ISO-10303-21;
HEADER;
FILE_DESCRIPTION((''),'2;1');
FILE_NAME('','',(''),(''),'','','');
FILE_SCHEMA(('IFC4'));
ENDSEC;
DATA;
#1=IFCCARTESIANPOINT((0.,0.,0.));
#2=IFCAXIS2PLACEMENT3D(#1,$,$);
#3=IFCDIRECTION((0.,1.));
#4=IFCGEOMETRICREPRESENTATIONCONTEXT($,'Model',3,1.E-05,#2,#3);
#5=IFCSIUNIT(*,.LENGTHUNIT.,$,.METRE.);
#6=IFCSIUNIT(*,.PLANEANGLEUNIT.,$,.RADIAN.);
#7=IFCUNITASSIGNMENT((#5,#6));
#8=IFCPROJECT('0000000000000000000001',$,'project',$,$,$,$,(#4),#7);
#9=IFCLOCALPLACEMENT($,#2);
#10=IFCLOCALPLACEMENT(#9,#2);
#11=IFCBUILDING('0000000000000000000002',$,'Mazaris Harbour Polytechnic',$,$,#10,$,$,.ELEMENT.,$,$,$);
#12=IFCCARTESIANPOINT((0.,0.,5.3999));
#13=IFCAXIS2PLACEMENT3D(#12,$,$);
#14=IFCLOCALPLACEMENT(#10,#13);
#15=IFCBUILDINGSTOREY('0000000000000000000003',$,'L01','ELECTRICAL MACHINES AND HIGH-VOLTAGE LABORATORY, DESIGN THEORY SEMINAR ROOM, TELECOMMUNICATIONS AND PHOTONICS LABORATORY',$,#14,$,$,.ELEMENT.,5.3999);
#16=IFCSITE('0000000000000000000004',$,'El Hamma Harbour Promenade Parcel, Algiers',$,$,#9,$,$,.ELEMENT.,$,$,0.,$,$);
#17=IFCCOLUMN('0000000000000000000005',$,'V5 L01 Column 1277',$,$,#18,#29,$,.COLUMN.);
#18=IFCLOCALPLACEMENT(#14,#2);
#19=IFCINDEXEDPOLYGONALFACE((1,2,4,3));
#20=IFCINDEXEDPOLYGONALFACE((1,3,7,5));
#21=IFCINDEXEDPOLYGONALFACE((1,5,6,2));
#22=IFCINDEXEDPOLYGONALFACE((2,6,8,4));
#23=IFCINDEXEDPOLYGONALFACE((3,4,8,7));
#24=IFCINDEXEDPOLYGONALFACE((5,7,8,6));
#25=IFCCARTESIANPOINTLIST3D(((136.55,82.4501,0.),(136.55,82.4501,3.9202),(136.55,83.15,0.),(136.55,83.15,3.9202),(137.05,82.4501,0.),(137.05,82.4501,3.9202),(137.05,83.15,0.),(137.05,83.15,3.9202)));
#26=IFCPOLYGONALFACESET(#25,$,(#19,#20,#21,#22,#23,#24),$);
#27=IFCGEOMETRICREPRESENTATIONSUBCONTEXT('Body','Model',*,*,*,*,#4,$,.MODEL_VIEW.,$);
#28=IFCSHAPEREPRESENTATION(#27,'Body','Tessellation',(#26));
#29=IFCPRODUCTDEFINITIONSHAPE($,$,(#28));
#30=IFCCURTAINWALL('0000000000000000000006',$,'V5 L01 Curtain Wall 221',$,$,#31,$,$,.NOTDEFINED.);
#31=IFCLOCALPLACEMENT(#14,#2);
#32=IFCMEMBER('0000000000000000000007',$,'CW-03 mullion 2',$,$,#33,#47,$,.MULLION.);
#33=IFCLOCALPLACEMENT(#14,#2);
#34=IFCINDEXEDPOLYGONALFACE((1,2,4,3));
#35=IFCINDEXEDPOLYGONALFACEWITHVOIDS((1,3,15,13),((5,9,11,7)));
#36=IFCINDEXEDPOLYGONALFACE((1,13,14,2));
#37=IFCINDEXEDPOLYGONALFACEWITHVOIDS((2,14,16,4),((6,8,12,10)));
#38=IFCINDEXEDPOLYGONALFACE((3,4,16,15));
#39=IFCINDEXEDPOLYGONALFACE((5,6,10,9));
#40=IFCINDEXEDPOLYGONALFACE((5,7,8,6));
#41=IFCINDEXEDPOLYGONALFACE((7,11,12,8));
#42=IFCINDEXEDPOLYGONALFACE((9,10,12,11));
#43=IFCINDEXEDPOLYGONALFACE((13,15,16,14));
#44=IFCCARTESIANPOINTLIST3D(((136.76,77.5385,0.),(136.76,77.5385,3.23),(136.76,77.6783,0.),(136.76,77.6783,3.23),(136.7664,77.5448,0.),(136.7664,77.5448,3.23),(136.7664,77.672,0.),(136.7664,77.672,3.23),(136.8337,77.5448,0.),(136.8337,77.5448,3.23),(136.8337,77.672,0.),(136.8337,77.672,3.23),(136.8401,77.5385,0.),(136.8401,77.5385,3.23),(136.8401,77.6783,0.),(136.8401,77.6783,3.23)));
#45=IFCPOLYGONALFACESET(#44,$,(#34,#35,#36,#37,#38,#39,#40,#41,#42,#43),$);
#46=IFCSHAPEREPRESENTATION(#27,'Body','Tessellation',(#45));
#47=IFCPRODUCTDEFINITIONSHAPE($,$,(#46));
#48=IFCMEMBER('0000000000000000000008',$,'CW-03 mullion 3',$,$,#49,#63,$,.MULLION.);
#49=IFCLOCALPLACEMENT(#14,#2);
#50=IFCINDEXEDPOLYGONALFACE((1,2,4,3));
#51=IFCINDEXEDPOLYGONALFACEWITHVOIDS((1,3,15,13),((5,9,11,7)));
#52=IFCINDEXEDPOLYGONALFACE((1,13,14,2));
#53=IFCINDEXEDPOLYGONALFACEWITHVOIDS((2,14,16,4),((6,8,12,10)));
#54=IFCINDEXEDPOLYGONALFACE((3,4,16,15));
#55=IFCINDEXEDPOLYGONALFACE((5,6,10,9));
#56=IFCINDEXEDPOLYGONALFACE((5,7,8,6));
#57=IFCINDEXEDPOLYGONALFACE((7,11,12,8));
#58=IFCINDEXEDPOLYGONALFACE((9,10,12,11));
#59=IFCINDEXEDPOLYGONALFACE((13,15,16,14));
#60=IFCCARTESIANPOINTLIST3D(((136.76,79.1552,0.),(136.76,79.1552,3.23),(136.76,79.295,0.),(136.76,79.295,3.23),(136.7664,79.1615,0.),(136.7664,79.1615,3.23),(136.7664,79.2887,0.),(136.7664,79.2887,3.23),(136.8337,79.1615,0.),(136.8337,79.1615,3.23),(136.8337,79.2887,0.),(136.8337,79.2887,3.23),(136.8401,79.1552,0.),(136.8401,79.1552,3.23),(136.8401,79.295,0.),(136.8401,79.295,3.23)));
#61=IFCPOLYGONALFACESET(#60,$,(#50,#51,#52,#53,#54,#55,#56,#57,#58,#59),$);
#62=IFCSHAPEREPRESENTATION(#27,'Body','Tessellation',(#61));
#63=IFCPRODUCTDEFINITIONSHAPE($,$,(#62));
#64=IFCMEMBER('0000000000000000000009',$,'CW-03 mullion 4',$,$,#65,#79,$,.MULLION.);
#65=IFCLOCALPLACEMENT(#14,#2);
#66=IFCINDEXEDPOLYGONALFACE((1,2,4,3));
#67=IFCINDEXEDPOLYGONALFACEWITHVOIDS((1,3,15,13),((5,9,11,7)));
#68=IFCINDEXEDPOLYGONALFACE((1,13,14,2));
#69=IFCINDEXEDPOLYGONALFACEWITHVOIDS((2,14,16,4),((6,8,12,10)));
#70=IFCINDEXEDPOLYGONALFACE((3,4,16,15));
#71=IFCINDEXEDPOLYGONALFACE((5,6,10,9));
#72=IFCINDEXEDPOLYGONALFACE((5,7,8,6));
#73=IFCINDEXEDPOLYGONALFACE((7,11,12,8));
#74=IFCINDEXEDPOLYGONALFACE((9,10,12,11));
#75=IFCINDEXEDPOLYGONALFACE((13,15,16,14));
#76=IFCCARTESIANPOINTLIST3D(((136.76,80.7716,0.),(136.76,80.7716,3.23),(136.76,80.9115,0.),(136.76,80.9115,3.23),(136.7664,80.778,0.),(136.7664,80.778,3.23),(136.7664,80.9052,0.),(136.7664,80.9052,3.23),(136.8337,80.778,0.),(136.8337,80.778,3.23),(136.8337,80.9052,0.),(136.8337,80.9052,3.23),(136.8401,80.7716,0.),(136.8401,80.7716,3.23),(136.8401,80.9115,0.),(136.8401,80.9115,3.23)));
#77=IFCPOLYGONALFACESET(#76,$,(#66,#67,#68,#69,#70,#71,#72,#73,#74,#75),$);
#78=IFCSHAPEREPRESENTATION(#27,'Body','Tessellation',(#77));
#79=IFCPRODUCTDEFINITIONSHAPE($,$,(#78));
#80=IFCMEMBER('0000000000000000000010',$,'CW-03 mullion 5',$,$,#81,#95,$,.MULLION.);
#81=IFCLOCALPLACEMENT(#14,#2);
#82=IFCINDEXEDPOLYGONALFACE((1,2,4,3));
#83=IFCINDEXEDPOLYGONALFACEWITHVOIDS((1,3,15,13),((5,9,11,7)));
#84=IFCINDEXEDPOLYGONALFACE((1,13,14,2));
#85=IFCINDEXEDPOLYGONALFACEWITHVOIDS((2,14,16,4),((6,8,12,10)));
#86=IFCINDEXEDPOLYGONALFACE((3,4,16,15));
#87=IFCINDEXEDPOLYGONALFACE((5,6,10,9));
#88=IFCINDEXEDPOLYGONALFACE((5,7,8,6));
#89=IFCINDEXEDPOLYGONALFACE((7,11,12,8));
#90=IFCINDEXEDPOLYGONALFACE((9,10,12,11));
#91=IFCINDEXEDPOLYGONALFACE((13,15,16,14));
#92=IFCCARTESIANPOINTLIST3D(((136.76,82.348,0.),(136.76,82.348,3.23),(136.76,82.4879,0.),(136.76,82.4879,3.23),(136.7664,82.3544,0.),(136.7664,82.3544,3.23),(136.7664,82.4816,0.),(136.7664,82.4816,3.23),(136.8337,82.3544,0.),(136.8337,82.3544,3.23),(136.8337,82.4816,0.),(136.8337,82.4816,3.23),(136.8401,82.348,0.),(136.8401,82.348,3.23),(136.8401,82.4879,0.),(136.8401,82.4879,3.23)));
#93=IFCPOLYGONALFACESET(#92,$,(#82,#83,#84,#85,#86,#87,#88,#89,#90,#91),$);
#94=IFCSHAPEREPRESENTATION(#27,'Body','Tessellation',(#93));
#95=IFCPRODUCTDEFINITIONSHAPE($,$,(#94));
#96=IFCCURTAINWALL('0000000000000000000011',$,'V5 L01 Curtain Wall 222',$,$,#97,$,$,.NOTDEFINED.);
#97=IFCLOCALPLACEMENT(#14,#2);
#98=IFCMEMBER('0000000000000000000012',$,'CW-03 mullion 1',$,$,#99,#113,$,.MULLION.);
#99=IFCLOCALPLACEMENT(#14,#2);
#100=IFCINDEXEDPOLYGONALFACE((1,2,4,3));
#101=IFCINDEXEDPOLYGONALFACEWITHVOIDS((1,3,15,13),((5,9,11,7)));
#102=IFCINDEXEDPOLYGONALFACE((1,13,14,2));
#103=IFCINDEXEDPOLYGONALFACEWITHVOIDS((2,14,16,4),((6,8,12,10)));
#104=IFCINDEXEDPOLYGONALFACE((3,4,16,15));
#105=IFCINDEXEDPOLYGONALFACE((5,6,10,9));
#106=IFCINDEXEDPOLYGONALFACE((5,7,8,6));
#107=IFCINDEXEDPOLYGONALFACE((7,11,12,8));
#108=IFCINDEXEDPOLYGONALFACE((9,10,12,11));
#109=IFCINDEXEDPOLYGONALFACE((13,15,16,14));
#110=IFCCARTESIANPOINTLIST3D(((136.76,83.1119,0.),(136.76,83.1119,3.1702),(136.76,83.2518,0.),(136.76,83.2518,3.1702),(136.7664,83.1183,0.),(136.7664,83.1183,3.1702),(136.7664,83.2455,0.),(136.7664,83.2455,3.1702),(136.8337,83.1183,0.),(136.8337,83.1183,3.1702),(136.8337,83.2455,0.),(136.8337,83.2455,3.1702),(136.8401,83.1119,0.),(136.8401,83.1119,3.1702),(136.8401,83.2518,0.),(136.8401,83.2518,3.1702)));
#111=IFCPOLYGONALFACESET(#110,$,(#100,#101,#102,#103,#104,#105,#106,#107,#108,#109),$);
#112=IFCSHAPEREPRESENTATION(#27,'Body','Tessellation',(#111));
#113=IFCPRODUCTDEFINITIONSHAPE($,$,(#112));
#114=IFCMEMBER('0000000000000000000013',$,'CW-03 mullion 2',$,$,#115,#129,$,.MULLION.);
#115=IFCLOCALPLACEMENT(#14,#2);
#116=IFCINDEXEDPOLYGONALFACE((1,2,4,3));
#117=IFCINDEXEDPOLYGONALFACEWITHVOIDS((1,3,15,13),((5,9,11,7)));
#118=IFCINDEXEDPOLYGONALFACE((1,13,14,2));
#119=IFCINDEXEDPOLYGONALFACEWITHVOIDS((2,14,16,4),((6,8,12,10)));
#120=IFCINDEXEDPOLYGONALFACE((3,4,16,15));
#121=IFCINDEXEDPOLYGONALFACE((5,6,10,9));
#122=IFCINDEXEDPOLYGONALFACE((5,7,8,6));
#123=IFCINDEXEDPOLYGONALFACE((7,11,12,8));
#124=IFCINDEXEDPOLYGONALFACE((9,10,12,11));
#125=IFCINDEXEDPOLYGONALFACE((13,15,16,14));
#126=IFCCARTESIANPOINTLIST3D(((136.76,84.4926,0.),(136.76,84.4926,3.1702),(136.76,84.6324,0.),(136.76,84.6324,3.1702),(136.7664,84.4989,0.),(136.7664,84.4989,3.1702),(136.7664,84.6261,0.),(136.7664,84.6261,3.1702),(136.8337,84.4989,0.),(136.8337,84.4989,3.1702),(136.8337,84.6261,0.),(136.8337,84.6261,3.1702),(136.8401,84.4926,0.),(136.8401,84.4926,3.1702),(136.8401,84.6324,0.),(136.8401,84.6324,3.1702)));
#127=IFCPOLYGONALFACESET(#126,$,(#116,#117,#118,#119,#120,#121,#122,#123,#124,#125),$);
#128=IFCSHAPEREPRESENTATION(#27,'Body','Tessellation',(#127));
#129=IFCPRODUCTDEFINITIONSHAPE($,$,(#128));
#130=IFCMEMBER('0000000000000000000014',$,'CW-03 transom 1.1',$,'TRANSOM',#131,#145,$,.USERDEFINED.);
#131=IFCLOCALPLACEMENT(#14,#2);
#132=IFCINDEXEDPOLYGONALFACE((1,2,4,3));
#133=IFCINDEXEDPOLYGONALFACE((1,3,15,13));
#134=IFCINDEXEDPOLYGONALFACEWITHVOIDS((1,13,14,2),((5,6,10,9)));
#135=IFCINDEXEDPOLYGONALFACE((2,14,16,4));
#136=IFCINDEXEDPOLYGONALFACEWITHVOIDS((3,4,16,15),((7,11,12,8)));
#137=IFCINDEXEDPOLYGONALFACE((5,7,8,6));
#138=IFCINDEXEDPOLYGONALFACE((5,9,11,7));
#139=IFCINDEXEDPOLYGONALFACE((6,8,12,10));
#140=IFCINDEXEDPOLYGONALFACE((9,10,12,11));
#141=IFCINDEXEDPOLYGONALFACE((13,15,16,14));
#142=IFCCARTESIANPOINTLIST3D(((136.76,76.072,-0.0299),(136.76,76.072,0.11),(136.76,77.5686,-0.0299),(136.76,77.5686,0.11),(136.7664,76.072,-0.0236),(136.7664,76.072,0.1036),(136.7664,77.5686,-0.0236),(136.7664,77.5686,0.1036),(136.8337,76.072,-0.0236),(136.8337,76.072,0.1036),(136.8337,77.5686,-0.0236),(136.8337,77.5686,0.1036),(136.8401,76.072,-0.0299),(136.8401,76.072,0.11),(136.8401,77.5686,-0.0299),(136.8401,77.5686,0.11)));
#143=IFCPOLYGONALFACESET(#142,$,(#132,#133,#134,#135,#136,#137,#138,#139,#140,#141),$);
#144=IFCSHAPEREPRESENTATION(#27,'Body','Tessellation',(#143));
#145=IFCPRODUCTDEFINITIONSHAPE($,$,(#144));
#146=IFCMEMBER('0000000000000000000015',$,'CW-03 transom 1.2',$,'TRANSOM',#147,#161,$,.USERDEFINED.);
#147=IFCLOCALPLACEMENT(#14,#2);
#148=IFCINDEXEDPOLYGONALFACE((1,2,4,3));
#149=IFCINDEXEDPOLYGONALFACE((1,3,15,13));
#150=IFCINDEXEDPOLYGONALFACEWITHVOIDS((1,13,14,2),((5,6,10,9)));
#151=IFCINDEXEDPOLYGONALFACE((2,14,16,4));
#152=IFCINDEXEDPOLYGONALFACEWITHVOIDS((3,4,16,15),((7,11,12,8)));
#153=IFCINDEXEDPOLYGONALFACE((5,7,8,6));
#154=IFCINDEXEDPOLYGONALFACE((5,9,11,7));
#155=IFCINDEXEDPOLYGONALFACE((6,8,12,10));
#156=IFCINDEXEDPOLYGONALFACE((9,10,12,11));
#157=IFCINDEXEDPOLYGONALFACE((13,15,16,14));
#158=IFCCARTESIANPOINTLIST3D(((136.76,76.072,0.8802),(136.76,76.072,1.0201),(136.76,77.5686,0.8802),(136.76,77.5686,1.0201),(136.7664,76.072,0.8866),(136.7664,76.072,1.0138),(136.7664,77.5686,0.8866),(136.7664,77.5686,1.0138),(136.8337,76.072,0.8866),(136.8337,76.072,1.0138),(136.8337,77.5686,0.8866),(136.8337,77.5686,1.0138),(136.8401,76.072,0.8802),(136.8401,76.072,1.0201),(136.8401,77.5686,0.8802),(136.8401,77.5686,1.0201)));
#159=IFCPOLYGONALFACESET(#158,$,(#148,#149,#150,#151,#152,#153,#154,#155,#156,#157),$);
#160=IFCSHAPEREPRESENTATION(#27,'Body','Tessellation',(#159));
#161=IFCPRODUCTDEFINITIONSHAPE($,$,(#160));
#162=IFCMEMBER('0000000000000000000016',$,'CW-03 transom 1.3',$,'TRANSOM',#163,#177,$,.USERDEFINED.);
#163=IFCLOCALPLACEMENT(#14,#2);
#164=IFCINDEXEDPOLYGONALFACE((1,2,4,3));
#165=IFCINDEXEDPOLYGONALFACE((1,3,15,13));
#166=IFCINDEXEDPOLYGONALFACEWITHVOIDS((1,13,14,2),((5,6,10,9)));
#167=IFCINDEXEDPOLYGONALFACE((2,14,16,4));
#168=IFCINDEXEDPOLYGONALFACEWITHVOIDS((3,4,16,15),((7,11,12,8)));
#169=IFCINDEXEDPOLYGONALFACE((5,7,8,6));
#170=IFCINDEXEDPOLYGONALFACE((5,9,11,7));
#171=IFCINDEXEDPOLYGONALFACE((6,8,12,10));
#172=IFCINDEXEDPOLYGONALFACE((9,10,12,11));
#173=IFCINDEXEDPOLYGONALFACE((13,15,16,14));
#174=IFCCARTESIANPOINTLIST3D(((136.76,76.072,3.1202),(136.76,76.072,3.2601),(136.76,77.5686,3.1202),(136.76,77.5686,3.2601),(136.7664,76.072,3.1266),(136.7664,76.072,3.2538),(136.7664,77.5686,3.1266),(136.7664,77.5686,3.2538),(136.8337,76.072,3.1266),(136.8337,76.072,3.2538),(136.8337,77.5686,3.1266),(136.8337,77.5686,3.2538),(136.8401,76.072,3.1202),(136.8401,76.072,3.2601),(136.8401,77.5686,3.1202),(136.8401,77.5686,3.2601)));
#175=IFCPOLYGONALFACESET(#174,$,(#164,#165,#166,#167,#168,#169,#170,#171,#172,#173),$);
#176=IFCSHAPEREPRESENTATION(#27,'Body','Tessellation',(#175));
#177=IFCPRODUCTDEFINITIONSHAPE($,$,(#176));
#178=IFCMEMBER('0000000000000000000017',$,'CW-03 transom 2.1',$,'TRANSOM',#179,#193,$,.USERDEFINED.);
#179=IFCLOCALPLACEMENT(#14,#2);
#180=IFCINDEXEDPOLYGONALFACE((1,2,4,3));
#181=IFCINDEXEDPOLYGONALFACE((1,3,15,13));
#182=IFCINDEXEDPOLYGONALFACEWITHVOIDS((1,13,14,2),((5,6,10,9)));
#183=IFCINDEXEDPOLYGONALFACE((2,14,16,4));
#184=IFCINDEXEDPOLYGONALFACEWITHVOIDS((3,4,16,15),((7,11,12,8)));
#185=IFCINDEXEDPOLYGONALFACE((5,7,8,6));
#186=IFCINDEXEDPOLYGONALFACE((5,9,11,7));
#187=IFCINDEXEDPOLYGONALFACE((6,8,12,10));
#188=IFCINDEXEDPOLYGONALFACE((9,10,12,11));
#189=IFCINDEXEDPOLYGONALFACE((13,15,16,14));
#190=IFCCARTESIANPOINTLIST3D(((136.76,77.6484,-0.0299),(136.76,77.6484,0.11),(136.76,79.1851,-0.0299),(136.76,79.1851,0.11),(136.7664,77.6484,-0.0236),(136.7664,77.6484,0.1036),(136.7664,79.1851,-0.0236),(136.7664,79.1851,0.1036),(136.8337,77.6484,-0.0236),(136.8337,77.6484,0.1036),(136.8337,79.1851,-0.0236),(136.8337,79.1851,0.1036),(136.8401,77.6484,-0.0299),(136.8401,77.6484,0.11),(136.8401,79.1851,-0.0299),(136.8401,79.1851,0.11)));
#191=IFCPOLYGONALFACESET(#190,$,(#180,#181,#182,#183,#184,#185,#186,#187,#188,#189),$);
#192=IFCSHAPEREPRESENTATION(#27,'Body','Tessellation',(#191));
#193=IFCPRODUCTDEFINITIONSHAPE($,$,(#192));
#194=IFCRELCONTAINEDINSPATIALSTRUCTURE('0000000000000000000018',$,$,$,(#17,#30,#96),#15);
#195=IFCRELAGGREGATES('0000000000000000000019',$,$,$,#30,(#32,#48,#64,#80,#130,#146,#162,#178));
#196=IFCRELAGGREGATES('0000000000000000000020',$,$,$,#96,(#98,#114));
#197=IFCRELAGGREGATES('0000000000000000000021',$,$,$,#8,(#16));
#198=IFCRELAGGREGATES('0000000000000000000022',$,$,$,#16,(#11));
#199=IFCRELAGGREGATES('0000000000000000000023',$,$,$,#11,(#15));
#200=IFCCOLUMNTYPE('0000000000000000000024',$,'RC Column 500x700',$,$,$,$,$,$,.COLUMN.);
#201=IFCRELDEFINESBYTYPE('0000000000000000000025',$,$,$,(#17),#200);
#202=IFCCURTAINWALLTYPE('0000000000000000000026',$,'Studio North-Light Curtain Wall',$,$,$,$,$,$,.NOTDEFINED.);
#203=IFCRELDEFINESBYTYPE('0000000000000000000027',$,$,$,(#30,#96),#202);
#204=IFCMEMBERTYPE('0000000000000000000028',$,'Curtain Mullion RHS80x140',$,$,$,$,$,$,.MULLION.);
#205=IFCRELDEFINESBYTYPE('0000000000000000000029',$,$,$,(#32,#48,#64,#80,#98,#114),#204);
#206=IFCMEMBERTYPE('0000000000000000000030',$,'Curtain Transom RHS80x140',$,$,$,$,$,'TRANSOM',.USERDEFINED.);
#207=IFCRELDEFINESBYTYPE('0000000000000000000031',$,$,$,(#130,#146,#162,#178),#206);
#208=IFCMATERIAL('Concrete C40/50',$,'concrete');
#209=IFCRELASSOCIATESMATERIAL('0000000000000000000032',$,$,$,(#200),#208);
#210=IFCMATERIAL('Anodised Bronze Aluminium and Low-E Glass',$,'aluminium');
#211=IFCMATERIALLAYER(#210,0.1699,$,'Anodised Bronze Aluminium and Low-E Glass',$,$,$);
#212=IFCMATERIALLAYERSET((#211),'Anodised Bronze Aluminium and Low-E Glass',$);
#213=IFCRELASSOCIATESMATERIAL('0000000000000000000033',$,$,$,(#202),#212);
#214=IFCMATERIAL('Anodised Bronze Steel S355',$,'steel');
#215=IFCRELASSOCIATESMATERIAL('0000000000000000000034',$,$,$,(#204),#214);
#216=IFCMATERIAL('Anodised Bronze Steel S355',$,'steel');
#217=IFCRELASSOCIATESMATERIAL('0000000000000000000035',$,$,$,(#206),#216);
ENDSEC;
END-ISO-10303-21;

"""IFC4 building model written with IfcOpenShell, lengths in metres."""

from ifc_helpers import new_model, si_unit, direction, frame, origin, origin_2d, place, context, subcontext, project, spatial, rectangle, hollow_rectangle, extrude, material, layer, layer_set, material_profile, profile_set, type_object, element, aggregate, save


model = new_model("IFC4")

# Units and contexts
model_context = context("Model", 3, precision=1e-05, world=origin(), true_north=direction((0.0, 1.0)))
body_context = subcontext(model_context, "Body", "Model", "MODEL_VIEW")
ifc_project = project(units=[si_unit("LENGTHUNIT", "METRE"), si_unit("PLANEANGLEUNIT", "RADIAN")], contexts=[model_context])

# Site, building, storey
site_placement = place(None, origin())
site = spatial("IfcSite", under=ifc_project, at=site_placement, Name="El Hamma Harbour Promenade Parcel, Algiers", CompositionType="ELEMENT", RefElevation=0.0)
building_placement = place(site_placement, origin())
building = spatial("IfcBuilding", under=site, at=building_placement, Name="Mazaris Harbour Polytechnic", CompositionType="ELEMENT")
storey_placement = place(building_placement, frame((0.0, 0.0, 5.3999)))
storey = spatial("IfcBuildingStorey", under=building, at=storey_placement, Name="L01", Description="ELECTRICAL MACHINES AND HIGH-VOLTAGE LABORATORY, DESIGN THEORY SEMINAR ROOM, TELECOMMUNICATIONS AND PHOTONICS LABORATORY", CompositionType="ELEMENT", Elevation=5.3999)

# Column
ifc_material_1 = material(Name="Concrete C40/50", Category="concrete")
ifc_material_profile_1 = material_profile(ifc_material_1, rectangle(XDim=0.5, YDim=0.7, at=origin_2d()), Name="RECT500x700")
ifc_profile_set_1 = profile_set([ifc_material_profile_1], Name="Concrete C40/50")
column_type = type_object("IfcColumnType", Name="RC Column 500x700", PredefinedType="COLUMN", material=ifc_profile_set_1)
column_placement = place(storey_placement, frame((136.8, 82.8, 0.0), z_axis=(0.0, 0.0, 1.0), x_axis=(1.0, 0.0, 0.0)))
element("IfcColumn", 1, at=column_placement, inside=storey, type_object=column_type, Name="V5 L01 Column 1277", PredefinedType="COLUMN", context=body_context, shape_type="SweptSolid", body=[
    extrude(rectangle(XDim=0.5, YDim=0.7, at=origin_2d()), origin(), (0.0, 0.0, 1.0), 3.9202),
])

# Curtain walls, members
ifc_material_2 = material(Name="Anodised Bronze Aluminium and Low-E Glass", Category="aluminium")
ifc_layer_1 = layer(ifc_material_2, 0.1699, Name="Anodised Bronze Aluminium and Low-E Glass")
ifc_layer_set_1 = layer_set([ifc_layer_1], Name="Anodised Bronze Aluminium and Low-E Glass")
curtain_wall_type = type_object("IfcCurtainWallType", Name="Studio North-Light Curtain Wall", PredefinedType="NOTDEFINED", material=ifc_layer_set_1)
curtain_wall_1_placement = place(storey_placement, origin())
curtain_wall_1 = element("IfcCurtainWall", 2, at=curtain_wall_1_placement, inside=storey, type_object=curtain_wall_type, Name="V5 L01 Curtain Wall 221", PredefinedType="NOTDEFINED")
ifc_material_3 = material(Name="Anodised Bronze Steel S355", Category="steel")
ifc_material_profile_2 = material_profile(ifc_material_3, hollow_rectangle(XDim=0.0801, YDim=0.1399, WallThickness=0.0063, at=origin_2d()), Name="RHS 80x140x6.3")
ifc_profile_set_2 = profile_set([ifc_material_profile_2], Name="Anodised Bronze Steel S355")
member_type_1 = type_object("IfcMemberType", Name="Curtain Mullion RHS80x140", PredefinedType="MULLION", material=ifc_profile_set_2)
member_1_placement = place(storey_placement, frame((136.8, 77.6084, 0.0), z_axis=(0.0, 0.0, 1.0), x_axis=(-1.0, 0.0, 0.0)))
member_1 = element("IfcMember", 3, at=member_1_placement, type_object=member_type_1, Name="CW-03 mullion 2", PredefinedType="MULLION", context=body_context, shape_type="SweptSolid", body=[
    extrude(hollow_rectangle(XDim=0.0801, YDim=0.1399, WallThickness=0.0063, at=origin_2d()), origin(), (0.0, 0.0, 1.0), 3.23),
])
member_2_placement = place(storey_placement, frame((136.8, 79.2251, 0.0), z_axis=(0.0, 0.0, 1.0), x_axis=(-1.0, 0.0, 0.0)))
member_2 = element("IfcMember", 4, at=member_2_placement, type_object=member_type_1, Name="CW-03 mullion 3", PredefinedType="MULLION", context=body_context, shape_type="SweptSolid", body=[
    extrude(hollow_rectangle(XDim=0.0801, YDim=0.1399, WallThickness=0.0063, at=origin_2d()), origin(), (0.0, 0.0, 1.0), 3.23),
])
member_3_placement = place(storey_placement, frame((136.8, 80.8416, 0.0), z_axis=(0.0, 0.0, 1.0), x_axis=(-1.0, 0.0, 0.0)))
member_3 = element("IfcMember", 5, at=member_3_placement, type_object=member_type_1, Name="CW-03 mullion 4", PredefinedType="MULLION", context=body_context, shape_type="SweptSolid", body=[
    extrude(hollow_rectangle(XDim=0.0801, YDim=0.1399, WallThickness=0.0063, at=origin_2d()), origin(), (0.0, 0.0, 1.0), 3.23),
])
member_4_placement = place(storey_placement, frame((136.8, 82.418, 0.0), z_axis=(0.0, 0.0, 1.0), x_axis=(-1.0, 0.0, 0.0)))
member_4 = element("IfcMember", 6, at=member_4_placement, type_object=member_type_1, Name="CW-03 mullion 5", PredefinedType="MULLION", context=body_context, shape_type="SweptSolid", body=[
    extrude(hollow_rectangle(XDim=0.0801, YDim=0.1399, WallThickness=0.0063, at=origin_2d()), origin(), (0.0, 0.0, 1.0), 3.23),
])
curtain_wall_2_placement = place(storey_placement, origin())
curtain_wall_2 = element("IfcCurtainWall", 7, at=curtain_wall_2_placement, inside=storey, type_object=curtain_wall_type, Name="V5 L01 Curtain Wall 222", PredefinedType="NOTDEFINED")
member_5_placement = place(storey_placement, frame((136.8, 83.1819, 0.0), z_axis=(0.0, 0.0, 1.0), x_axis=(-1.0, 0.0, 0.0)))
member_5 = element("IfcMember", 8, at=member_5_placement, type_object=member_type_1, Name="CW-03 mullion 1", PredefinedType="MULLION", context=body_context, shape_type="SweptSolid", body=[
    extrude(hollow_rectangle(XDim=0.0801, YDim=0.1399, WallThickness=0.0063, at=origin_2d()), origin(), (0.0, 0.0, 1.0), 3.1702),
])
member_6_placement = place(storey_placement, frame((136.8, 84.5625, 0.0), z_axis=(0.0, 0.0, 1.0), x_axis=(-1.0, 0.0, 0.0)))
member_6 = element("IfcMember", 9, at=member_6_placement, type_object=member_type_1, Name="CW-03 mullion 2", PredefinedType="MULLION", context=body_context, shape_type="SweptSolid", body=[
    extrude(hollow_rectangle(XDim=0.0801, YDim=0.1399, WallThickness=0.0063, at=origin_2d()), origin(), (0.0, 0.0, 1.0), 3.1702),
])

# Members
ifc_material_4 = material(Name="Anodised Bronze Steel S355", Category="steel")
ifc_material_profile_3 = material_profile(ifc_material_4, hollow_rectangle(XDim=0.0801, YDim=0.1399, WallThickness=0.0063, at=origin_2d()), Name="RHS 80x140x6.3")
ifc_profile_set_3 = profile_set([ifc_material_profile_3], Name="Anodised Bronze Steel S355")
member_type_2 = type_object("IfcMemberType", Name="Curtain Transom RHS80x140", ElementType="TRANSOM", PredefinedType="USERDEFINED", material=ifc_profile_set_3)
member_7_placement = place(storey_placement, frame((136.8, 76.072, 0.04), z_axis=(0.0, 1.0, 0.0), x_axis=(-1.0, 0.0, 0.0)))
member_7 = element("IfcMember", 10, at=member_7_placement, type_object=member_type_2, Name="CW-03 transom 1.1", ObjectType="TRANSOM", PredefinedType="USERDEFINED", context=body_context, shape_type="SweptSolid", body=[
    extrude(hollow_rectangle(XDim=0.0801, YDim=0.1399, WallThickness=0.0063, at=origin_2d()), origin(), (0.0, 0.0, 1.0), 1.4966),
])
member_8_placement = place(storey_placement, frame((136.8, 76.072, 0.9502), z_axis=(0.0, 1.0, 0.0), x_axis=(-1.0, 0.0, 0.0)))
member_8 = element("IfcMember", 11, at=member_8_placement, type_object=member_type_2, Name="CW-03 transom 1.2", ObjectType="TRANSOM", PredefinedType="USERDEFINED", context=body_context, shape_type="SweptSolid", body=[
    extrude(hollow_rectangle(XDim=0.0801, YDim=0.1399, WallThickness=0.0063, at=origin_2d()), origin(), (0.0, 0.0, 1.0), 1.4966),
])
member_9_placement = place(storey_placement, frame((136.8, 76.072, 3.1902), z_axis=(0.0, 1.0, 0.0), x_axis=(-1.0, 0.0, 0.0)))
member_9 = element("IfcMember", 12, at=member_9_placement, type_object=member_type_2, Name="CW-03 transom 1.3", ObjectType="TRANSOM", PredefinedType="USERDEFINED", context=body_context, shape_type="SweptSolid", body=[
    extrude(hollow_rectangle(XDim=0.0801, YDim=0.1399, WallThickness=0.0063, at=origin_2d()), origin(), (0.0, 0.0, 1.0), 1.4966),
])
member_10_placement = place(storey_placement, frame((136.8, 77.6484, 0.04), z_axis=(0.0, 1.0, 0.0), x_axis=(-1.0, 0.0, 0.0)))
member_10 = element("IfcMember", 13, at=member_10_placement, type_object=member_type_2, Name="CW-03 transom 2.1", ObjectType="TRANSOM", PredefinedType="USERDEFINED", context=body_context, shape_type="SweptSolid", body=[
    extrude(hollow_rectangle(XDim=0.0801, YDim=0.1399, WallThickness=0.0063, at=origin_2d()), origin(), (0.0, 0.0, 1.0), 1.5366),
])

aggregate(curtain_wall_1, [member_1, member_2, member_3, member_4, member_7, member_8, member_9, member_10])
aggregate(curtain_wall_2, [member_5, member_6])

save(model, "model.ifc")
